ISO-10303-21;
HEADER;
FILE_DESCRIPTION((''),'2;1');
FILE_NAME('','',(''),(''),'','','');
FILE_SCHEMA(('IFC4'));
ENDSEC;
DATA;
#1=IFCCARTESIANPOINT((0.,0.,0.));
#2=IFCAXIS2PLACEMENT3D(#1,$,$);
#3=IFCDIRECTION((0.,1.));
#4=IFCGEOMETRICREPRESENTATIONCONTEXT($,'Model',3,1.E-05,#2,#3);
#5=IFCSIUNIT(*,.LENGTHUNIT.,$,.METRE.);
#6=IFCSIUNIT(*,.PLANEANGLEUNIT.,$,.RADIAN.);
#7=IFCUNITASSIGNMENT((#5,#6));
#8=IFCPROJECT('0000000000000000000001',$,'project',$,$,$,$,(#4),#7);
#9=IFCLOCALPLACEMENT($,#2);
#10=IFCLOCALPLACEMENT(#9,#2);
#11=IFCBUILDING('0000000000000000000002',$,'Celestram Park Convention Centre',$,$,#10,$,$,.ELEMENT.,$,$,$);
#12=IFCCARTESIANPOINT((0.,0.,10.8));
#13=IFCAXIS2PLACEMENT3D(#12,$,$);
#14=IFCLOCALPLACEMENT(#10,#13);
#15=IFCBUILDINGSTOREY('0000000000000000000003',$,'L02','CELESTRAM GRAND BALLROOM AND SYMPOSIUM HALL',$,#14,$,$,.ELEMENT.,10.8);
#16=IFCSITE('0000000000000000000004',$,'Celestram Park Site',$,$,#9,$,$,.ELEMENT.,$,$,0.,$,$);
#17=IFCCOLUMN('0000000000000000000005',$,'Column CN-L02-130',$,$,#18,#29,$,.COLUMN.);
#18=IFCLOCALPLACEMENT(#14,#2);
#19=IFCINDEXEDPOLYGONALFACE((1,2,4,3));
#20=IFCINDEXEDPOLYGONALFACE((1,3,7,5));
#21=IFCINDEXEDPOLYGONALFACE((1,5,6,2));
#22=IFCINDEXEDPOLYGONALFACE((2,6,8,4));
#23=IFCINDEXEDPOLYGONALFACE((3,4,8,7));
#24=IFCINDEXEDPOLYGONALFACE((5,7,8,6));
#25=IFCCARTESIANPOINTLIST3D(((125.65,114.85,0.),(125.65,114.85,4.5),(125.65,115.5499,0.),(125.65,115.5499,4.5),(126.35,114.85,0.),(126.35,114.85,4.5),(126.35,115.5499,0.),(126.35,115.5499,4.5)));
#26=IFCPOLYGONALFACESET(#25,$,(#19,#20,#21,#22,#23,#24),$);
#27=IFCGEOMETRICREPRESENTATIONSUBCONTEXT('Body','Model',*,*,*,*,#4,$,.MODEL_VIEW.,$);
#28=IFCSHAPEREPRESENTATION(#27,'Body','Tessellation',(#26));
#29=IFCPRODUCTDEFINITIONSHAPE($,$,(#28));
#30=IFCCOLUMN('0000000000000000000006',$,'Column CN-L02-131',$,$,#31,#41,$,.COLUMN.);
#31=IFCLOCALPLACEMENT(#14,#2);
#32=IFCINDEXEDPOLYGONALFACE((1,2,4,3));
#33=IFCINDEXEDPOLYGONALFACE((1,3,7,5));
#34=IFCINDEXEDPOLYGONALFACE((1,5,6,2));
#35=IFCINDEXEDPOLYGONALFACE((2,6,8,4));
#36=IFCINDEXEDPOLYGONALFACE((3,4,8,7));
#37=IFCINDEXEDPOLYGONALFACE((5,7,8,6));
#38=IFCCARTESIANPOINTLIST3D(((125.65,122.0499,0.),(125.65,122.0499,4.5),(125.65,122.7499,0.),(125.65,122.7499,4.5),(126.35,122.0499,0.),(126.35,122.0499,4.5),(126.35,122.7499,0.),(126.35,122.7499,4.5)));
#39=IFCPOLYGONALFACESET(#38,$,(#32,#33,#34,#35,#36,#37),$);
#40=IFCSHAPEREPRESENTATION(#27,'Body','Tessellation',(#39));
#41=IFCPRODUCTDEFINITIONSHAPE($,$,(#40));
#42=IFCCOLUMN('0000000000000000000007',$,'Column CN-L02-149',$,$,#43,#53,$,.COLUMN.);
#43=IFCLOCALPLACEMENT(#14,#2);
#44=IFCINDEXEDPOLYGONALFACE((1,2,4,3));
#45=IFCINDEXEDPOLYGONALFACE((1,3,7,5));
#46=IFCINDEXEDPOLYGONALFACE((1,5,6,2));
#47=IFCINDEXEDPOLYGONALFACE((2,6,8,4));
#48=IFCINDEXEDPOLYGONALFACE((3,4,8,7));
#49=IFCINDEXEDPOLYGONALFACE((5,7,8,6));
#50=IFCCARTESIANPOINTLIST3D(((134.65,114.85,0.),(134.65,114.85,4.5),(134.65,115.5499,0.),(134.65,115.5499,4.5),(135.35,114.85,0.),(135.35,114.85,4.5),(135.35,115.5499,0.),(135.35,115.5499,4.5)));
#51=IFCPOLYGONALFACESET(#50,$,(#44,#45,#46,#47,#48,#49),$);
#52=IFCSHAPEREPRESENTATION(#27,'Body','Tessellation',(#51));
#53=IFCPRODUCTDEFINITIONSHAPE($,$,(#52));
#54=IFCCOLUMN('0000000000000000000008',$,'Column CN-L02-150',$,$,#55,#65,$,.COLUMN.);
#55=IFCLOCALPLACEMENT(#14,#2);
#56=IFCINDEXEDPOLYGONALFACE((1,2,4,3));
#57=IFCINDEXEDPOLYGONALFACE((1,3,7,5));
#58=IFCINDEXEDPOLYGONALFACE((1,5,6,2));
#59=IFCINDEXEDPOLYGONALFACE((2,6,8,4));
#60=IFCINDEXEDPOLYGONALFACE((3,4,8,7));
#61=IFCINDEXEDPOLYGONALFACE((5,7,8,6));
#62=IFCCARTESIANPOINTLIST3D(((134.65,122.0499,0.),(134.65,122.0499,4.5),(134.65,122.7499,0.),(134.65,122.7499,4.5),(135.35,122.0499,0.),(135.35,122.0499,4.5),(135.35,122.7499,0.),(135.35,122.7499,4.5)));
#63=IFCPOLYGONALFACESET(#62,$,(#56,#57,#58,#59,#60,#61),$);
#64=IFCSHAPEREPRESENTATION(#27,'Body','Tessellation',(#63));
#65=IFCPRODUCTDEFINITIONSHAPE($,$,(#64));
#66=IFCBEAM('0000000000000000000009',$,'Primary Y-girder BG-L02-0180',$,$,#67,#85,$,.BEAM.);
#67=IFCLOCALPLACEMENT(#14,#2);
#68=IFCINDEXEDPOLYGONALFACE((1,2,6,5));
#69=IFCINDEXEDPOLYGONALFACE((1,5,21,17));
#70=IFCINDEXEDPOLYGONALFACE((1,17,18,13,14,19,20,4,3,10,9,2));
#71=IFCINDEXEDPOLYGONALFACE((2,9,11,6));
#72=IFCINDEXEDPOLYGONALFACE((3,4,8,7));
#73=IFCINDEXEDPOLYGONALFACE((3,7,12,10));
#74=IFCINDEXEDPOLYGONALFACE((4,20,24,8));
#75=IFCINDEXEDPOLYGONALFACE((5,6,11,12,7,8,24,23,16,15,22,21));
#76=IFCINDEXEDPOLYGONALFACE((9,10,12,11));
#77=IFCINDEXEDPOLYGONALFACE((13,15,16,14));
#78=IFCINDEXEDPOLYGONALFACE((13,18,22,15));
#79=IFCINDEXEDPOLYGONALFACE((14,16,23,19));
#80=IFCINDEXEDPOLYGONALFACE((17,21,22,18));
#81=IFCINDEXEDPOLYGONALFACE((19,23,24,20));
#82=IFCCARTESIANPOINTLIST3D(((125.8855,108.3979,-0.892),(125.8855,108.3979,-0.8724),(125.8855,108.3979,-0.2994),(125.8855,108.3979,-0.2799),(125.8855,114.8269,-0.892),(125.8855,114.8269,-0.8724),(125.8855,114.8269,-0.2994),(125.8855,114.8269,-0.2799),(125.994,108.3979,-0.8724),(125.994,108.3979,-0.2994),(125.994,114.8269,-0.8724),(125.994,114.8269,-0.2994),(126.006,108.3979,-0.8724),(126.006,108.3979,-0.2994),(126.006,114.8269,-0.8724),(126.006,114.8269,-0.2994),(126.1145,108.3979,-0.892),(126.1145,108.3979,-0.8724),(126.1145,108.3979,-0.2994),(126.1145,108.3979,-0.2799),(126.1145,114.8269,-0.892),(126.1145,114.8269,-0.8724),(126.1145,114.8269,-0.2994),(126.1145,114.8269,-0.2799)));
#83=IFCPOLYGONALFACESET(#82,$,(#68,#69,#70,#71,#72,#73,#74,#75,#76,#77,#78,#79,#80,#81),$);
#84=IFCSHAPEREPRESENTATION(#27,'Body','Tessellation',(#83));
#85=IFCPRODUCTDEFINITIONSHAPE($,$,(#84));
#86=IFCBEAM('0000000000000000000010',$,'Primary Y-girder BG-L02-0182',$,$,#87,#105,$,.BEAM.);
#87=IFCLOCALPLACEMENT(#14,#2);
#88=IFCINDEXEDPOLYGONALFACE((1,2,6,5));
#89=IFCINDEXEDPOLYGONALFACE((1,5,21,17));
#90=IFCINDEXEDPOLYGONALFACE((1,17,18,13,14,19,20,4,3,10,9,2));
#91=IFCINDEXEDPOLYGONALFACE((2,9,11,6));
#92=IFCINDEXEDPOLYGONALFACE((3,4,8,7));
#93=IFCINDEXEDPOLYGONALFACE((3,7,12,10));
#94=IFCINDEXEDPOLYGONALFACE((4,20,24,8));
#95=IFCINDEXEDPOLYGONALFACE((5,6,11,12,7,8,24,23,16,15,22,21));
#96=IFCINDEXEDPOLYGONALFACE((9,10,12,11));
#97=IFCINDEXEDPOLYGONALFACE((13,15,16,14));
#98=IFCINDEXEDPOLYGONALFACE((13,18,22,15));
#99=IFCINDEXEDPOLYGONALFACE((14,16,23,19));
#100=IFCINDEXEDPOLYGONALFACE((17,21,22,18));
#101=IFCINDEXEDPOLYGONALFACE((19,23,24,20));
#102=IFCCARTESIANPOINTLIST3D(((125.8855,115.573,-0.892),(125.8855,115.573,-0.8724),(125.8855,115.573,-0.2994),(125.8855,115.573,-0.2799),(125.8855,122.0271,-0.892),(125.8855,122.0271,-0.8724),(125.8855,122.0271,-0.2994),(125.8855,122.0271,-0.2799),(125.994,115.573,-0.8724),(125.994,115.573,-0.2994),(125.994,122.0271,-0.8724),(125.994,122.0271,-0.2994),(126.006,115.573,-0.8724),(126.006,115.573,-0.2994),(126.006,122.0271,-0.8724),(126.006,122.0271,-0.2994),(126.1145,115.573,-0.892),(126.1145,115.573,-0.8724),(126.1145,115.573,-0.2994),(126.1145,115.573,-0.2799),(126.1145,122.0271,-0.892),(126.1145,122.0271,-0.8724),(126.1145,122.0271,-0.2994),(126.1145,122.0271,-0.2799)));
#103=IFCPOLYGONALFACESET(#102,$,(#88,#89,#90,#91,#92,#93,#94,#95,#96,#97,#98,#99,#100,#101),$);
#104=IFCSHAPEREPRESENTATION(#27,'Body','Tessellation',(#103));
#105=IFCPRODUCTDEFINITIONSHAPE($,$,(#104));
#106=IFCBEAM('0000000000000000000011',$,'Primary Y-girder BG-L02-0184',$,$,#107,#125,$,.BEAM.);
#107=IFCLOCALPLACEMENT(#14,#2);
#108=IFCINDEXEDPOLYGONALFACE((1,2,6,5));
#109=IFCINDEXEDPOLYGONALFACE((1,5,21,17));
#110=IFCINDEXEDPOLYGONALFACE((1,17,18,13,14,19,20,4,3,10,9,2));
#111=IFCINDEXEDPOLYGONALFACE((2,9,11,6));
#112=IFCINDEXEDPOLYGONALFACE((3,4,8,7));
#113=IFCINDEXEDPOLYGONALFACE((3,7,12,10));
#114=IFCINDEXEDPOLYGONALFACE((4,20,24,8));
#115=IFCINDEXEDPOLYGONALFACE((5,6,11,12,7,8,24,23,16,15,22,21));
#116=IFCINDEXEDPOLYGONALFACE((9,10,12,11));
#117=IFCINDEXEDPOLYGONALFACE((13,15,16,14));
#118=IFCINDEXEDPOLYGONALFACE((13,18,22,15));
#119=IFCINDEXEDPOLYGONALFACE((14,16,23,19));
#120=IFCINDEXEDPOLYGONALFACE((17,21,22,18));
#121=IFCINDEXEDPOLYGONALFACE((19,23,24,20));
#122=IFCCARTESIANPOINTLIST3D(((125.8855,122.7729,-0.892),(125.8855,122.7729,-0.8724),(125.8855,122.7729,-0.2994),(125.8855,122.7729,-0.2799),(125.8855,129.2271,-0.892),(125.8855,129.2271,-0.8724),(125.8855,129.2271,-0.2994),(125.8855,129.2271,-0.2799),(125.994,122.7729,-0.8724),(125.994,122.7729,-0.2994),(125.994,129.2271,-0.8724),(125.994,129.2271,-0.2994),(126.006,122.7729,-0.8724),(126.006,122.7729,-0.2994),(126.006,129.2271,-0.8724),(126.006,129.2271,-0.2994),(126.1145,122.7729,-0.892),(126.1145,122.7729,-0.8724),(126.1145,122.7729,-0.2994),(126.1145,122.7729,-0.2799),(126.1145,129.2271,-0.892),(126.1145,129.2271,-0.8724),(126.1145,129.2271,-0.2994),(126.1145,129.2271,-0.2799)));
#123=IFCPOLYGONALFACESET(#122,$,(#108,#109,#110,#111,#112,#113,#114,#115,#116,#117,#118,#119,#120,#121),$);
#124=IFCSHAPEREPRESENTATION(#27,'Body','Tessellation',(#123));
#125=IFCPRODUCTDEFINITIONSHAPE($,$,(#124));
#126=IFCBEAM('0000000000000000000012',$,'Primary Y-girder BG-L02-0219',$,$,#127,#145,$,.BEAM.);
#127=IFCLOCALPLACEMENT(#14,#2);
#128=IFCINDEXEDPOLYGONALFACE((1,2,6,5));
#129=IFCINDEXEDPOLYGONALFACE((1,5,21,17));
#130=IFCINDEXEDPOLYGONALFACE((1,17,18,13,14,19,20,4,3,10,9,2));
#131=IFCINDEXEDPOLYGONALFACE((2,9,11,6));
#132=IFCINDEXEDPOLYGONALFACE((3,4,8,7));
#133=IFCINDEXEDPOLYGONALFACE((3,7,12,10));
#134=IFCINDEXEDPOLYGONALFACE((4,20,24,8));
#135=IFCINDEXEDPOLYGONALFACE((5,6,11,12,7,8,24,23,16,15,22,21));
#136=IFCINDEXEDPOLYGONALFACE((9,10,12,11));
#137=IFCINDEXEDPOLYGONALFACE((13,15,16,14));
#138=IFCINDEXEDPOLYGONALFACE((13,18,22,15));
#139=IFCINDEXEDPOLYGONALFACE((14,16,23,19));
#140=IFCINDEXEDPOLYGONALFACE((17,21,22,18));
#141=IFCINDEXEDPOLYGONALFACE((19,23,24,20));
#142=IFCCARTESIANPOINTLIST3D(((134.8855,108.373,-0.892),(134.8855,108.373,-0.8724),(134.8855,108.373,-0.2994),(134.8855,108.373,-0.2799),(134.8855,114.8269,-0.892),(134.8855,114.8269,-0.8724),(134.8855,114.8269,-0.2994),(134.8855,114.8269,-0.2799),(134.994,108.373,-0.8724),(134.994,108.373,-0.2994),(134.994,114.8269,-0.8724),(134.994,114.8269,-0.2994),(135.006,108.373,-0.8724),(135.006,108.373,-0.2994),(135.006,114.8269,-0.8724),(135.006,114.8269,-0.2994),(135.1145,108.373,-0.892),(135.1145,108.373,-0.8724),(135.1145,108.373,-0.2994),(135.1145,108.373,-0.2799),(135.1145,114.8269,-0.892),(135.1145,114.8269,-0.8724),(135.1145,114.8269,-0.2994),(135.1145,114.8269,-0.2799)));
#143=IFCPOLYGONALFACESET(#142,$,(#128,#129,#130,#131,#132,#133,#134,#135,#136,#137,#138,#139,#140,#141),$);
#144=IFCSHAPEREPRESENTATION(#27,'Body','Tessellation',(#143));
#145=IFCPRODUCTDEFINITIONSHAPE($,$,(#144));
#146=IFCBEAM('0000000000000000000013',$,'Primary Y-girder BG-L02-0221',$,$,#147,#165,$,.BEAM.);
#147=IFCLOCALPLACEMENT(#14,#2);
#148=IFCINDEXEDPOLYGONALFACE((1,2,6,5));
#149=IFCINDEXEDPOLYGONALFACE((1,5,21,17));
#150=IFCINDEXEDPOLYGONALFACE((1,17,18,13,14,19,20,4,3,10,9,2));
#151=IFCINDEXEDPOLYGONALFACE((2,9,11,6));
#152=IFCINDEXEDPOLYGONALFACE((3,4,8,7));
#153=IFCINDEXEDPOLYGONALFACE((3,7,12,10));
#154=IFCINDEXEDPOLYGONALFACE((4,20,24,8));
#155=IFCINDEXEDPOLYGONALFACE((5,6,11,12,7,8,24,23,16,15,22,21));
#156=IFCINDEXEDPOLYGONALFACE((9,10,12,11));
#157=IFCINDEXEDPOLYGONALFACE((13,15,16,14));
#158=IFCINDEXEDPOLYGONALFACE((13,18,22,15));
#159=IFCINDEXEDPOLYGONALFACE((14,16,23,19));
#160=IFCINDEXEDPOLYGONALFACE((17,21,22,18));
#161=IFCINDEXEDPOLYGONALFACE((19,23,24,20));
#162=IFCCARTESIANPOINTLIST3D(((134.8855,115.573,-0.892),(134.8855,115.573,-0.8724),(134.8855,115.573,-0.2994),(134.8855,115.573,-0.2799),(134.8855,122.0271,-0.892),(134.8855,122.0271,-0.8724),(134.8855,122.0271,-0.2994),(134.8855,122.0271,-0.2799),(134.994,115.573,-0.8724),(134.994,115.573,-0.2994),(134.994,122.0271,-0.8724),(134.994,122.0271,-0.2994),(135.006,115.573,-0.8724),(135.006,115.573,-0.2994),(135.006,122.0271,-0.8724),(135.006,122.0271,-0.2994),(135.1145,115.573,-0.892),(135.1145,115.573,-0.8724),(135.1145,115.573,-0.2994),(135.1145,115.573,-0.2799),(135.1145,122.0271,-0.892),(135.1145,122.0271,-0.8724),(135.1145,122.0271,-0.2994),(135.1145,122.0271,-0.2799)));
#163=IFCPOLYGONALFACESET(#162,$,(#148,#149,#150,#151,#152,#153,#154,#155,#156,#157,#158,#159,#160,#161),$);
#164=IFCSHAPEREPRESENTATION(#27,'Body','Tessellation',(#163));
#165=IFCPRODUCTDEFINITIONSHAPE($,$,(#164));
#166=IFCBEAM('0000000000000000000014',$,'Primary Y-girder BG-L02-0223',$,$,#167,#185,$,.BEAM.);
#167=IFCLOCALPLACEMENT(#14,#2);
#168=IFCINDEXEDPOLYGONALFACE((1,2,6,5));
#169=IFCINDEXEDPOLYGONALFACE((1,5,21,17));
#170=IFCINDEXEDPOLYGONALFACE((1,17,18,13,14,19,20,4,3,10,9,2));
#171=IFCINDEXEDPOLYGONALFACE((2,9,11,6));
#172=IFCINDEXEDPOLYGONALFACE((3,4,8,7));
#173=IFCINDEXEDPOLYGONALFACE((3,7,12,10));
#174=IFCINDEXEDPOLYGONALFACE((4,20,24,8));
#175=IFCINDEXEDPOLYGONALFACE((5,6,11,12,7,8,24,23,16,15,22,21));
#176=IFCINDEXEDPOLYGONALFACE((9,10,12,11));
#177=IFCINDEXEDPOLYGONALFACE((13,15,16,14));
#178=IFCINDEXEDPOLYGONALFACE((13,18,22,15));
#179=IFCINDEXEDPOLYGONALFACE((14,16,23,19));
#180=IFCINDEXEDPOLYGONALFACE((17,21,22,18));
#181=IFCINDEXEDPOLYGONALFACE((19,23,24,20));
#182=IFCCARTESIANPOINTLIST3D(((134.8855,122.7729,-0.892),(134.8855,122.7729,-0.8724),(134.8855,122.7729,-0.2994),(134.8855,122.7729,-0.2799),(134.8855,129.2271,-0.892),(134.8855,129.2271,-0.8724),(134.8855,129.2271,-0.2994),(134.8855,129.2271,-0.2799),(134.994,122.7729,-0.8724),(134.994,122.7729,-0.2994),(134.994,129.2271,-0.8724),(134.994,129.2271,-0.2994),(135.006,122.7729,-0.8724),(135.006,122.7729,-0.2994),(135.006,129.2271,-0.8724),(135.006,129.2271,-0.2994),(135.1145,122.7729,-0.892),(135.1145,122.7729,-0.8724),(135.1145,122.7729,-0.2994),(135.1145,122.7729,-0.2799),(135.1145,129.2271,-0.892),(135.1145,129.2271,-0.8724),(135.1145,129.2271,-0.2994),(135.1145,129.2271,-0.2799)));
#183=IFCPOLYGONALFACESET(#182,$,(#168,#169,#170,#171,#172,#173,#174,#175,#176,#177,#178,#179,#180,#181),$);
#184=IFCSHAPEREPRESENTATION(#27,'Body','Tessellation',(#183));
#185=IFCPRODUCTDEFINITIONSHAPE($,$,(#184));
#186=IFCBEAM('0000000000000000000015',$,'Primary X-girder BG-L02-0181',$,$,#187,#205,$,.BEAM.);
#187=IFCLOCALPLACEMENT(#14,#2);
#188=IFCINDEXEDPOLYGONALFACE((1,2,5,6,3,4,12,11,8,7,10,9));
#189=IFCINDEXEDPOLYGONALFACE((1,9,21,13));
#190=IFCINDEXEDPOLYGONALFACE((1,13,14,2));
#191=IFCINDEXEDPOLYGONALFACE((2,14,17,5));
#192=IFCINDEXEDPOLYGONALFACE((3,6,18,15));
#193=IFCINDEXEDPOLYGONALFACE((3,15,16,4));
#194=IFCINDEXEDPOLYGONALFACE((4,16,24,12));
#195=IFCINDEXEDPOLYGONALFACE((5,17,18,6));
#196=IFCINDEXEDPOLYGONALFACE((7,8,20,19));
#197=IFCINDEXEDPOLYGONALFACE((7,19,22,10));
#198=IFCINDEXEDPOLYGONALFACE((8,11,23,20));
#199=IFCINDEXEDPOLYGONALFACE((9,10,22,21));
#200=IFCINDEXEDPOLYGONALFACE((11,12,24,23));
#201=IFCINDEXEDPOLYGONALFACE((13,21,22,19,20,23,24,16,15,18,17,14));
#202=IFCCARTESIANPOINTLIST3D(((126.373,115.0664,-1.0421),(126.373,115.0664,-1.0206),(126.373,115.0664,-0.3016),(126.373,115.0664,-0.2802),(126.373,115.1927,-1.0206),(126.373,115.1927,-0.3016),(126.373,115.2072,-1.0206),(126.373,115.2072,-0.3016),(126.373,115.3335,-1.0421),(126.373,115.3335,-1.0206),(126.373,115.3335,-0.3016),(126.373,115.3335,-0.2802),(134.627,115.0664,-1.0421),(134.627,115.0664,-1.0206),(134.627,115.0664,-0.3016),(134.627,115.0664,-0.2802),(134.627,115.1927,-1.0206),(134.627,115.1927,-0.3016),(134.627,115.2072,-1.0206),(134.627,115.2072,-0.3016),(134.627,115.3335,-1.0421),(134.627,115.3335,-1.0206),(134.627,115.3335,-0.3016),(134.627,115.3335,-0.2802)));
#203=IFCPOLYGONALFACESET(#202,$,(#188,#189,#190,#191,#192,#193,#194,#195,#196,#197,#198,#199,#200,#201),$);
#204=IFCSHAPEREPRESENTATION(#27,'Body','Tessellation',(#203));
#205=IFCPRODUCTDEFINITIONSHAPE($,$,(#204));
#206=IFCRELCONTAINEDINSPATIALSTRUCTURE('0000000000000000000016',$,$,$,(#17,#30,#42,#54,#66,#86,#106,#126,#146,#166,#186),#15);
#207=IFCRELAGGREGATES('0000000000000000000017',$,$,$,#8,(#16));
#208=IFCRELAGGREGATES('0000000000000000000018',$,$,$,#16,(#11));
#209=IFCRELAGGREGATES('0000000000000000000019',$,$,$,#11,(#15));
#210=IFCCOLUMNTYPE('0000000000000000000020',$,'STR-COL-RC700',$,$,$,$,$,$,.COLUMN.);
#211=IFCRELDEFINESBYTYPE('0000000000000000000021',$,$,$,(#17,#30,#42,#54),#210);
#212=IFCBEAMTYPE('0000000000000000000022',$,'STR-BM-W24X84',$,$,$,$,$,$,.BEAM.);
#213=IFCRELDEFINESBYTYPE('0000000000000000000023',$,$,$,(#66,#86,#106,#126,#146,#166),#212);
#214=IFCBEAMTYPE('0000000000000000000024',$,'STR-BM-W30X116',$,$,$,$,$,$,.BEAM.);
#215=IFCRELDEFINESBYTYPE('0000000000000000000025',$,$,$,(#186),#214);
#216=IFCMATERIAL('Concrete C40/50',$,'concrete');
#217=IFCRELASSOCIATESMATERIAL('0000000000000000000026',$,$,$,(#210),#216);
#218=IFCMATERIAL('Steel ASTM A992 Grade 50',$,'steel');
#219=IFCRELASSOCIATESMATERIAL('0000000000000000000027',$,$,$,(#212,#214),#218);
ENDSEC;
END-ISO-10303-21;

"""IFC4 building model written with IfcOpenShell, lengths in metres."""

from ifc_helpers import new_model, si_unit, direction, frame, origin, origin_2d, place, context, subcontext, project, spatial, rectangle, i_section, extrude, material, material_profile, profile_set, type_object, element, save


model = new_model("IFC4")

# Units and contexts
model_context = context("Model", 3, precision=1e-05, world=origin(), true_north=direction((0.0, 1.0)))
body_context = subcontext(model_context, "Body", "Model", "MODEL_VIEW")
ifc_project = project(units=[si_unit("LENGTHUNIT", "METRE"), si_unit("PLANEANGLEUNIT", "RADIAN")], contexts=[model_context])

# Site, building, storey
site_placement = place(None, origin())
site = spatial("IfcSite", under=ifc_project, at=site_placement, Name="Celestram Park Site", CompositionType="ELEMENT", RefElevation=0.0)
building_placement = place(site_placement, origin())
building = spatial("IfcBuilding", under=site, at=building_placement, Name="Celestram Park Convention Centre", CompositionType="ELEMENT")
storey_placement = place(building_placement, frame((0.0, 0.0, 10.8)))
storey = spatial("IfcBuildingStorey", under=building, at=storey_placement, Name="L02", Description="CELESTRAM GRAND BALLROOM AND SYMPOSIUM HALL", CompositionType="ELEMENT", Elevation=10.8)

# Columns
ifc_material_1 = material(Name="Concrete C40/50", Category="concrete")
ifc_material_profile_1 = material_profile(ifc_material_1, rectangle(XDim=0.7, YDim=0.7, at=origin_2d()), Name="RC700X700")
ifc_profile_set_1 = profile_set([ifc_material_profile_1], Name="Concrete C40/50")
column_type = type_object("IfcColumnType", Name="STR-COL-RC700", PredefinedType="COLUMN", material=ifc_profile_set_1)
for number, where, z_axis, x_axis, name in (
    (1, (126.0, 115.2, 0.0), (0.0, 0.0, 1.0), (1.0, 0.0, 0.0), "Column CN-L02-130"),
    (2, (126.0, 122.3999, 0.0), (0.0, 0.0, 1.0), (1.0, 0.0, 0.0), "Column CN-L02-131"),
    (3, (135.0, 115.2, 0.0), (0.0, 0.0, 1.0), (1.0, 0.0, 0.0), "Column CN-L02-149"),
    (4, (135.0, 122.3999, 0.0), (0.0, 0.0, 1.0), (1.0, 0.0, 0.0), "Column CN-L02-150"),
):
    element("IfcColumn", number, at=place(storey_placement, frame(where, z_axis=z_axis, x_axis=x_axis)), inside=storey, type_object=column_type, Name=name, PredefinedType="COLUMN", context=body_context, shape_type="SweptSolid", body=[
        extrude(rectangle(XDim=0.7, YDim=0.7, at=origin_2d()), origin(), (0.0, 0.0, 1.0), 4.5),
    ])

# Beams
ifc_material_2 = material(Name="Steel ASTM A992 Grade 50", Category="steel")
ifc_material_profile_2 = material_profile(ifc_material_2, i_section(OverallWidth=0.229, OverallDepth=0.6121, WebThickness=0.012, FlangeThickness=0.0195, at=origin_2d()), Name="W24X84")
ifc_profile_set_2 = profile_set([ifc_material_profile_2], Name="Steel ASTM A992 Grade 50")
beam_type_1 = type_object("IfcBeamType", Name="STR-BM-W24X84", PredefinedType="BEAM", material=ifc_profile_set_2)
beam_1_placement = place(storey_placement, frame((126.0, 108.3979, -0.5859), z_axis=(0.0, 1.0, 0.0), x_axis=(-1.0, 0.0, 0.0)))
element("IfcBeam", 5, at=beam_1_placement, inside=storey, type_object=beam_type_1, Name="Primary Y-girder BG-L02-0180", PredefinedType="BEAM", context=body_context, shape_type="SweptSolid", body=[
    extrude(i_section(OverallWidth=0.229, OverallDepth=0.6121, WebThickness=0.012, FlangeThickness=0.0195, at=origin_2d()), origin(), (0.0, 0.0, 1.0), 6.429),
])
for number, where, z_axis, x_axis, name in (
    (6, (126.0, 115.573, -0.5859), (0.0, 1.0, 0.0), (-1.0, 0.0, 0.0), "Primary Y-girder BG-L02-0182"),
    (7, (126.0, 122.7729, -0.5859), (0.0, 1.0, 0.0), (-1.0, 0.0, 0.0), "Primary Y-girder BG-L02-0184"),
):
    element("IfcBeam", number, at=place(storey_placement, frame(where, z_axis=z_axis, x_axis=x_axis)), inside=storey, type_object=beam_type_1, Name=name, PredefinedType="BEAM", context=body_context, shape_type="SweptSolid", body=[
        extrude(i_section(OverallWidth=0.229, OverallDepth=0.6121, WebThickness=0.012, FlangeThickness=0.0195, at=origin_2d()), origin(), (0.0, 0.0, 1.0), 6.4541),
    ])
beam_2_placement = place(storey_placement, frame((135.0, 108.373, -0.5859), z_axis=(0.0, 1.0, 0.0), x_axis=(-1.0, 0.0, 0.0)))
element("IfcBeam", 8, at=beam_2_placement, inside=storey, type_object=beam_type_1, Name="Primary Y-girder BG-L02-0219", PredefinedType="BEAM", context=body_context, shape_type="SweptSolid", body=[
    extrude(i_section(OverallWidth=0.229, OverallDepth=0.6121, WebThickness=0.012, FlangeThickness=0.0195, at=origin_2d()), origin(), (0.0, 0.0, 1.0), 6.4539),
])
for number, where, z_axis, x_axis, name in (
    (9, (135.0, 115.573, -0.5859), (0.0, 1.0, 0.0), (-1.0, 0.0, 0.0), "Primary Y-girder BG-L02-0221"),
    (10, (135.0, 122.7729, -0.5859), (0.0, 1.0, 0.0), (-1.0, 0.0, 0.0), "Primary Y-girder BG-L02-0223"),
):
    element("IfcBeam", number, at=place(storey_placement, frame(where, z_axis=z_axis, x_axis=x_axis)), inside=storey, type_object=beam_type_1, Name=name, PredefinedType="BEAM", context=body_context, shape_type="SweptSolid", body=[
        extrude(i_section(OverallWidth=0.229, OverallDepth=0.6121, WebThickness=0.012, FlangeThickness=0.0195, at=origin_2d()), origin(), (0.0, 0.0, 1.0), 6.4541),
    ])
ifc_material_profile_3 = material_profile(ifc_material_2, i_section(OverallWidth=0.2671, OverallDepth=0.762, WebThickness=0.0144, FlangeThickness=0.0215, at=origin_2d()), Name="W30X116")
ifc_profile_set_3 = profile_set([ifc_material_profile_3], Name="Steel ASTM A992 Grade 50")
beam_type_2 = type_object("IfcBeamType", Name="STR-BM-W30X116", PredefinedType="BEAM", material=ifc_profile_set_3)
for number, where, z_axis, x_axis, name in (
    (11, (126.373, 115.2, -0.6611), (1.0, 0.0, 0.0), (0.0, 1.0, 0.0), "Primary X-girder BG-L02-0181"),
):
    element("IfcBeam", number, at=place(storey_placement, frame(where, z_axis=z_axis, x_axis=x_axis)), inside=storey, type_object=beam_type_2, Name=name, PredefinedType="BEAM", context=body_context, shape_type="SweptSolid", body=[
        extrude(i_section(OverallWidth=0.2671, OverallDepth=0.762, WebThickness=0.0144, FlangeThickness=0.0215, at=origin_2d()), origin(), (0.0, 0.0, 1.0), 8.2539),
    ])

save(model, "model.ifc")
